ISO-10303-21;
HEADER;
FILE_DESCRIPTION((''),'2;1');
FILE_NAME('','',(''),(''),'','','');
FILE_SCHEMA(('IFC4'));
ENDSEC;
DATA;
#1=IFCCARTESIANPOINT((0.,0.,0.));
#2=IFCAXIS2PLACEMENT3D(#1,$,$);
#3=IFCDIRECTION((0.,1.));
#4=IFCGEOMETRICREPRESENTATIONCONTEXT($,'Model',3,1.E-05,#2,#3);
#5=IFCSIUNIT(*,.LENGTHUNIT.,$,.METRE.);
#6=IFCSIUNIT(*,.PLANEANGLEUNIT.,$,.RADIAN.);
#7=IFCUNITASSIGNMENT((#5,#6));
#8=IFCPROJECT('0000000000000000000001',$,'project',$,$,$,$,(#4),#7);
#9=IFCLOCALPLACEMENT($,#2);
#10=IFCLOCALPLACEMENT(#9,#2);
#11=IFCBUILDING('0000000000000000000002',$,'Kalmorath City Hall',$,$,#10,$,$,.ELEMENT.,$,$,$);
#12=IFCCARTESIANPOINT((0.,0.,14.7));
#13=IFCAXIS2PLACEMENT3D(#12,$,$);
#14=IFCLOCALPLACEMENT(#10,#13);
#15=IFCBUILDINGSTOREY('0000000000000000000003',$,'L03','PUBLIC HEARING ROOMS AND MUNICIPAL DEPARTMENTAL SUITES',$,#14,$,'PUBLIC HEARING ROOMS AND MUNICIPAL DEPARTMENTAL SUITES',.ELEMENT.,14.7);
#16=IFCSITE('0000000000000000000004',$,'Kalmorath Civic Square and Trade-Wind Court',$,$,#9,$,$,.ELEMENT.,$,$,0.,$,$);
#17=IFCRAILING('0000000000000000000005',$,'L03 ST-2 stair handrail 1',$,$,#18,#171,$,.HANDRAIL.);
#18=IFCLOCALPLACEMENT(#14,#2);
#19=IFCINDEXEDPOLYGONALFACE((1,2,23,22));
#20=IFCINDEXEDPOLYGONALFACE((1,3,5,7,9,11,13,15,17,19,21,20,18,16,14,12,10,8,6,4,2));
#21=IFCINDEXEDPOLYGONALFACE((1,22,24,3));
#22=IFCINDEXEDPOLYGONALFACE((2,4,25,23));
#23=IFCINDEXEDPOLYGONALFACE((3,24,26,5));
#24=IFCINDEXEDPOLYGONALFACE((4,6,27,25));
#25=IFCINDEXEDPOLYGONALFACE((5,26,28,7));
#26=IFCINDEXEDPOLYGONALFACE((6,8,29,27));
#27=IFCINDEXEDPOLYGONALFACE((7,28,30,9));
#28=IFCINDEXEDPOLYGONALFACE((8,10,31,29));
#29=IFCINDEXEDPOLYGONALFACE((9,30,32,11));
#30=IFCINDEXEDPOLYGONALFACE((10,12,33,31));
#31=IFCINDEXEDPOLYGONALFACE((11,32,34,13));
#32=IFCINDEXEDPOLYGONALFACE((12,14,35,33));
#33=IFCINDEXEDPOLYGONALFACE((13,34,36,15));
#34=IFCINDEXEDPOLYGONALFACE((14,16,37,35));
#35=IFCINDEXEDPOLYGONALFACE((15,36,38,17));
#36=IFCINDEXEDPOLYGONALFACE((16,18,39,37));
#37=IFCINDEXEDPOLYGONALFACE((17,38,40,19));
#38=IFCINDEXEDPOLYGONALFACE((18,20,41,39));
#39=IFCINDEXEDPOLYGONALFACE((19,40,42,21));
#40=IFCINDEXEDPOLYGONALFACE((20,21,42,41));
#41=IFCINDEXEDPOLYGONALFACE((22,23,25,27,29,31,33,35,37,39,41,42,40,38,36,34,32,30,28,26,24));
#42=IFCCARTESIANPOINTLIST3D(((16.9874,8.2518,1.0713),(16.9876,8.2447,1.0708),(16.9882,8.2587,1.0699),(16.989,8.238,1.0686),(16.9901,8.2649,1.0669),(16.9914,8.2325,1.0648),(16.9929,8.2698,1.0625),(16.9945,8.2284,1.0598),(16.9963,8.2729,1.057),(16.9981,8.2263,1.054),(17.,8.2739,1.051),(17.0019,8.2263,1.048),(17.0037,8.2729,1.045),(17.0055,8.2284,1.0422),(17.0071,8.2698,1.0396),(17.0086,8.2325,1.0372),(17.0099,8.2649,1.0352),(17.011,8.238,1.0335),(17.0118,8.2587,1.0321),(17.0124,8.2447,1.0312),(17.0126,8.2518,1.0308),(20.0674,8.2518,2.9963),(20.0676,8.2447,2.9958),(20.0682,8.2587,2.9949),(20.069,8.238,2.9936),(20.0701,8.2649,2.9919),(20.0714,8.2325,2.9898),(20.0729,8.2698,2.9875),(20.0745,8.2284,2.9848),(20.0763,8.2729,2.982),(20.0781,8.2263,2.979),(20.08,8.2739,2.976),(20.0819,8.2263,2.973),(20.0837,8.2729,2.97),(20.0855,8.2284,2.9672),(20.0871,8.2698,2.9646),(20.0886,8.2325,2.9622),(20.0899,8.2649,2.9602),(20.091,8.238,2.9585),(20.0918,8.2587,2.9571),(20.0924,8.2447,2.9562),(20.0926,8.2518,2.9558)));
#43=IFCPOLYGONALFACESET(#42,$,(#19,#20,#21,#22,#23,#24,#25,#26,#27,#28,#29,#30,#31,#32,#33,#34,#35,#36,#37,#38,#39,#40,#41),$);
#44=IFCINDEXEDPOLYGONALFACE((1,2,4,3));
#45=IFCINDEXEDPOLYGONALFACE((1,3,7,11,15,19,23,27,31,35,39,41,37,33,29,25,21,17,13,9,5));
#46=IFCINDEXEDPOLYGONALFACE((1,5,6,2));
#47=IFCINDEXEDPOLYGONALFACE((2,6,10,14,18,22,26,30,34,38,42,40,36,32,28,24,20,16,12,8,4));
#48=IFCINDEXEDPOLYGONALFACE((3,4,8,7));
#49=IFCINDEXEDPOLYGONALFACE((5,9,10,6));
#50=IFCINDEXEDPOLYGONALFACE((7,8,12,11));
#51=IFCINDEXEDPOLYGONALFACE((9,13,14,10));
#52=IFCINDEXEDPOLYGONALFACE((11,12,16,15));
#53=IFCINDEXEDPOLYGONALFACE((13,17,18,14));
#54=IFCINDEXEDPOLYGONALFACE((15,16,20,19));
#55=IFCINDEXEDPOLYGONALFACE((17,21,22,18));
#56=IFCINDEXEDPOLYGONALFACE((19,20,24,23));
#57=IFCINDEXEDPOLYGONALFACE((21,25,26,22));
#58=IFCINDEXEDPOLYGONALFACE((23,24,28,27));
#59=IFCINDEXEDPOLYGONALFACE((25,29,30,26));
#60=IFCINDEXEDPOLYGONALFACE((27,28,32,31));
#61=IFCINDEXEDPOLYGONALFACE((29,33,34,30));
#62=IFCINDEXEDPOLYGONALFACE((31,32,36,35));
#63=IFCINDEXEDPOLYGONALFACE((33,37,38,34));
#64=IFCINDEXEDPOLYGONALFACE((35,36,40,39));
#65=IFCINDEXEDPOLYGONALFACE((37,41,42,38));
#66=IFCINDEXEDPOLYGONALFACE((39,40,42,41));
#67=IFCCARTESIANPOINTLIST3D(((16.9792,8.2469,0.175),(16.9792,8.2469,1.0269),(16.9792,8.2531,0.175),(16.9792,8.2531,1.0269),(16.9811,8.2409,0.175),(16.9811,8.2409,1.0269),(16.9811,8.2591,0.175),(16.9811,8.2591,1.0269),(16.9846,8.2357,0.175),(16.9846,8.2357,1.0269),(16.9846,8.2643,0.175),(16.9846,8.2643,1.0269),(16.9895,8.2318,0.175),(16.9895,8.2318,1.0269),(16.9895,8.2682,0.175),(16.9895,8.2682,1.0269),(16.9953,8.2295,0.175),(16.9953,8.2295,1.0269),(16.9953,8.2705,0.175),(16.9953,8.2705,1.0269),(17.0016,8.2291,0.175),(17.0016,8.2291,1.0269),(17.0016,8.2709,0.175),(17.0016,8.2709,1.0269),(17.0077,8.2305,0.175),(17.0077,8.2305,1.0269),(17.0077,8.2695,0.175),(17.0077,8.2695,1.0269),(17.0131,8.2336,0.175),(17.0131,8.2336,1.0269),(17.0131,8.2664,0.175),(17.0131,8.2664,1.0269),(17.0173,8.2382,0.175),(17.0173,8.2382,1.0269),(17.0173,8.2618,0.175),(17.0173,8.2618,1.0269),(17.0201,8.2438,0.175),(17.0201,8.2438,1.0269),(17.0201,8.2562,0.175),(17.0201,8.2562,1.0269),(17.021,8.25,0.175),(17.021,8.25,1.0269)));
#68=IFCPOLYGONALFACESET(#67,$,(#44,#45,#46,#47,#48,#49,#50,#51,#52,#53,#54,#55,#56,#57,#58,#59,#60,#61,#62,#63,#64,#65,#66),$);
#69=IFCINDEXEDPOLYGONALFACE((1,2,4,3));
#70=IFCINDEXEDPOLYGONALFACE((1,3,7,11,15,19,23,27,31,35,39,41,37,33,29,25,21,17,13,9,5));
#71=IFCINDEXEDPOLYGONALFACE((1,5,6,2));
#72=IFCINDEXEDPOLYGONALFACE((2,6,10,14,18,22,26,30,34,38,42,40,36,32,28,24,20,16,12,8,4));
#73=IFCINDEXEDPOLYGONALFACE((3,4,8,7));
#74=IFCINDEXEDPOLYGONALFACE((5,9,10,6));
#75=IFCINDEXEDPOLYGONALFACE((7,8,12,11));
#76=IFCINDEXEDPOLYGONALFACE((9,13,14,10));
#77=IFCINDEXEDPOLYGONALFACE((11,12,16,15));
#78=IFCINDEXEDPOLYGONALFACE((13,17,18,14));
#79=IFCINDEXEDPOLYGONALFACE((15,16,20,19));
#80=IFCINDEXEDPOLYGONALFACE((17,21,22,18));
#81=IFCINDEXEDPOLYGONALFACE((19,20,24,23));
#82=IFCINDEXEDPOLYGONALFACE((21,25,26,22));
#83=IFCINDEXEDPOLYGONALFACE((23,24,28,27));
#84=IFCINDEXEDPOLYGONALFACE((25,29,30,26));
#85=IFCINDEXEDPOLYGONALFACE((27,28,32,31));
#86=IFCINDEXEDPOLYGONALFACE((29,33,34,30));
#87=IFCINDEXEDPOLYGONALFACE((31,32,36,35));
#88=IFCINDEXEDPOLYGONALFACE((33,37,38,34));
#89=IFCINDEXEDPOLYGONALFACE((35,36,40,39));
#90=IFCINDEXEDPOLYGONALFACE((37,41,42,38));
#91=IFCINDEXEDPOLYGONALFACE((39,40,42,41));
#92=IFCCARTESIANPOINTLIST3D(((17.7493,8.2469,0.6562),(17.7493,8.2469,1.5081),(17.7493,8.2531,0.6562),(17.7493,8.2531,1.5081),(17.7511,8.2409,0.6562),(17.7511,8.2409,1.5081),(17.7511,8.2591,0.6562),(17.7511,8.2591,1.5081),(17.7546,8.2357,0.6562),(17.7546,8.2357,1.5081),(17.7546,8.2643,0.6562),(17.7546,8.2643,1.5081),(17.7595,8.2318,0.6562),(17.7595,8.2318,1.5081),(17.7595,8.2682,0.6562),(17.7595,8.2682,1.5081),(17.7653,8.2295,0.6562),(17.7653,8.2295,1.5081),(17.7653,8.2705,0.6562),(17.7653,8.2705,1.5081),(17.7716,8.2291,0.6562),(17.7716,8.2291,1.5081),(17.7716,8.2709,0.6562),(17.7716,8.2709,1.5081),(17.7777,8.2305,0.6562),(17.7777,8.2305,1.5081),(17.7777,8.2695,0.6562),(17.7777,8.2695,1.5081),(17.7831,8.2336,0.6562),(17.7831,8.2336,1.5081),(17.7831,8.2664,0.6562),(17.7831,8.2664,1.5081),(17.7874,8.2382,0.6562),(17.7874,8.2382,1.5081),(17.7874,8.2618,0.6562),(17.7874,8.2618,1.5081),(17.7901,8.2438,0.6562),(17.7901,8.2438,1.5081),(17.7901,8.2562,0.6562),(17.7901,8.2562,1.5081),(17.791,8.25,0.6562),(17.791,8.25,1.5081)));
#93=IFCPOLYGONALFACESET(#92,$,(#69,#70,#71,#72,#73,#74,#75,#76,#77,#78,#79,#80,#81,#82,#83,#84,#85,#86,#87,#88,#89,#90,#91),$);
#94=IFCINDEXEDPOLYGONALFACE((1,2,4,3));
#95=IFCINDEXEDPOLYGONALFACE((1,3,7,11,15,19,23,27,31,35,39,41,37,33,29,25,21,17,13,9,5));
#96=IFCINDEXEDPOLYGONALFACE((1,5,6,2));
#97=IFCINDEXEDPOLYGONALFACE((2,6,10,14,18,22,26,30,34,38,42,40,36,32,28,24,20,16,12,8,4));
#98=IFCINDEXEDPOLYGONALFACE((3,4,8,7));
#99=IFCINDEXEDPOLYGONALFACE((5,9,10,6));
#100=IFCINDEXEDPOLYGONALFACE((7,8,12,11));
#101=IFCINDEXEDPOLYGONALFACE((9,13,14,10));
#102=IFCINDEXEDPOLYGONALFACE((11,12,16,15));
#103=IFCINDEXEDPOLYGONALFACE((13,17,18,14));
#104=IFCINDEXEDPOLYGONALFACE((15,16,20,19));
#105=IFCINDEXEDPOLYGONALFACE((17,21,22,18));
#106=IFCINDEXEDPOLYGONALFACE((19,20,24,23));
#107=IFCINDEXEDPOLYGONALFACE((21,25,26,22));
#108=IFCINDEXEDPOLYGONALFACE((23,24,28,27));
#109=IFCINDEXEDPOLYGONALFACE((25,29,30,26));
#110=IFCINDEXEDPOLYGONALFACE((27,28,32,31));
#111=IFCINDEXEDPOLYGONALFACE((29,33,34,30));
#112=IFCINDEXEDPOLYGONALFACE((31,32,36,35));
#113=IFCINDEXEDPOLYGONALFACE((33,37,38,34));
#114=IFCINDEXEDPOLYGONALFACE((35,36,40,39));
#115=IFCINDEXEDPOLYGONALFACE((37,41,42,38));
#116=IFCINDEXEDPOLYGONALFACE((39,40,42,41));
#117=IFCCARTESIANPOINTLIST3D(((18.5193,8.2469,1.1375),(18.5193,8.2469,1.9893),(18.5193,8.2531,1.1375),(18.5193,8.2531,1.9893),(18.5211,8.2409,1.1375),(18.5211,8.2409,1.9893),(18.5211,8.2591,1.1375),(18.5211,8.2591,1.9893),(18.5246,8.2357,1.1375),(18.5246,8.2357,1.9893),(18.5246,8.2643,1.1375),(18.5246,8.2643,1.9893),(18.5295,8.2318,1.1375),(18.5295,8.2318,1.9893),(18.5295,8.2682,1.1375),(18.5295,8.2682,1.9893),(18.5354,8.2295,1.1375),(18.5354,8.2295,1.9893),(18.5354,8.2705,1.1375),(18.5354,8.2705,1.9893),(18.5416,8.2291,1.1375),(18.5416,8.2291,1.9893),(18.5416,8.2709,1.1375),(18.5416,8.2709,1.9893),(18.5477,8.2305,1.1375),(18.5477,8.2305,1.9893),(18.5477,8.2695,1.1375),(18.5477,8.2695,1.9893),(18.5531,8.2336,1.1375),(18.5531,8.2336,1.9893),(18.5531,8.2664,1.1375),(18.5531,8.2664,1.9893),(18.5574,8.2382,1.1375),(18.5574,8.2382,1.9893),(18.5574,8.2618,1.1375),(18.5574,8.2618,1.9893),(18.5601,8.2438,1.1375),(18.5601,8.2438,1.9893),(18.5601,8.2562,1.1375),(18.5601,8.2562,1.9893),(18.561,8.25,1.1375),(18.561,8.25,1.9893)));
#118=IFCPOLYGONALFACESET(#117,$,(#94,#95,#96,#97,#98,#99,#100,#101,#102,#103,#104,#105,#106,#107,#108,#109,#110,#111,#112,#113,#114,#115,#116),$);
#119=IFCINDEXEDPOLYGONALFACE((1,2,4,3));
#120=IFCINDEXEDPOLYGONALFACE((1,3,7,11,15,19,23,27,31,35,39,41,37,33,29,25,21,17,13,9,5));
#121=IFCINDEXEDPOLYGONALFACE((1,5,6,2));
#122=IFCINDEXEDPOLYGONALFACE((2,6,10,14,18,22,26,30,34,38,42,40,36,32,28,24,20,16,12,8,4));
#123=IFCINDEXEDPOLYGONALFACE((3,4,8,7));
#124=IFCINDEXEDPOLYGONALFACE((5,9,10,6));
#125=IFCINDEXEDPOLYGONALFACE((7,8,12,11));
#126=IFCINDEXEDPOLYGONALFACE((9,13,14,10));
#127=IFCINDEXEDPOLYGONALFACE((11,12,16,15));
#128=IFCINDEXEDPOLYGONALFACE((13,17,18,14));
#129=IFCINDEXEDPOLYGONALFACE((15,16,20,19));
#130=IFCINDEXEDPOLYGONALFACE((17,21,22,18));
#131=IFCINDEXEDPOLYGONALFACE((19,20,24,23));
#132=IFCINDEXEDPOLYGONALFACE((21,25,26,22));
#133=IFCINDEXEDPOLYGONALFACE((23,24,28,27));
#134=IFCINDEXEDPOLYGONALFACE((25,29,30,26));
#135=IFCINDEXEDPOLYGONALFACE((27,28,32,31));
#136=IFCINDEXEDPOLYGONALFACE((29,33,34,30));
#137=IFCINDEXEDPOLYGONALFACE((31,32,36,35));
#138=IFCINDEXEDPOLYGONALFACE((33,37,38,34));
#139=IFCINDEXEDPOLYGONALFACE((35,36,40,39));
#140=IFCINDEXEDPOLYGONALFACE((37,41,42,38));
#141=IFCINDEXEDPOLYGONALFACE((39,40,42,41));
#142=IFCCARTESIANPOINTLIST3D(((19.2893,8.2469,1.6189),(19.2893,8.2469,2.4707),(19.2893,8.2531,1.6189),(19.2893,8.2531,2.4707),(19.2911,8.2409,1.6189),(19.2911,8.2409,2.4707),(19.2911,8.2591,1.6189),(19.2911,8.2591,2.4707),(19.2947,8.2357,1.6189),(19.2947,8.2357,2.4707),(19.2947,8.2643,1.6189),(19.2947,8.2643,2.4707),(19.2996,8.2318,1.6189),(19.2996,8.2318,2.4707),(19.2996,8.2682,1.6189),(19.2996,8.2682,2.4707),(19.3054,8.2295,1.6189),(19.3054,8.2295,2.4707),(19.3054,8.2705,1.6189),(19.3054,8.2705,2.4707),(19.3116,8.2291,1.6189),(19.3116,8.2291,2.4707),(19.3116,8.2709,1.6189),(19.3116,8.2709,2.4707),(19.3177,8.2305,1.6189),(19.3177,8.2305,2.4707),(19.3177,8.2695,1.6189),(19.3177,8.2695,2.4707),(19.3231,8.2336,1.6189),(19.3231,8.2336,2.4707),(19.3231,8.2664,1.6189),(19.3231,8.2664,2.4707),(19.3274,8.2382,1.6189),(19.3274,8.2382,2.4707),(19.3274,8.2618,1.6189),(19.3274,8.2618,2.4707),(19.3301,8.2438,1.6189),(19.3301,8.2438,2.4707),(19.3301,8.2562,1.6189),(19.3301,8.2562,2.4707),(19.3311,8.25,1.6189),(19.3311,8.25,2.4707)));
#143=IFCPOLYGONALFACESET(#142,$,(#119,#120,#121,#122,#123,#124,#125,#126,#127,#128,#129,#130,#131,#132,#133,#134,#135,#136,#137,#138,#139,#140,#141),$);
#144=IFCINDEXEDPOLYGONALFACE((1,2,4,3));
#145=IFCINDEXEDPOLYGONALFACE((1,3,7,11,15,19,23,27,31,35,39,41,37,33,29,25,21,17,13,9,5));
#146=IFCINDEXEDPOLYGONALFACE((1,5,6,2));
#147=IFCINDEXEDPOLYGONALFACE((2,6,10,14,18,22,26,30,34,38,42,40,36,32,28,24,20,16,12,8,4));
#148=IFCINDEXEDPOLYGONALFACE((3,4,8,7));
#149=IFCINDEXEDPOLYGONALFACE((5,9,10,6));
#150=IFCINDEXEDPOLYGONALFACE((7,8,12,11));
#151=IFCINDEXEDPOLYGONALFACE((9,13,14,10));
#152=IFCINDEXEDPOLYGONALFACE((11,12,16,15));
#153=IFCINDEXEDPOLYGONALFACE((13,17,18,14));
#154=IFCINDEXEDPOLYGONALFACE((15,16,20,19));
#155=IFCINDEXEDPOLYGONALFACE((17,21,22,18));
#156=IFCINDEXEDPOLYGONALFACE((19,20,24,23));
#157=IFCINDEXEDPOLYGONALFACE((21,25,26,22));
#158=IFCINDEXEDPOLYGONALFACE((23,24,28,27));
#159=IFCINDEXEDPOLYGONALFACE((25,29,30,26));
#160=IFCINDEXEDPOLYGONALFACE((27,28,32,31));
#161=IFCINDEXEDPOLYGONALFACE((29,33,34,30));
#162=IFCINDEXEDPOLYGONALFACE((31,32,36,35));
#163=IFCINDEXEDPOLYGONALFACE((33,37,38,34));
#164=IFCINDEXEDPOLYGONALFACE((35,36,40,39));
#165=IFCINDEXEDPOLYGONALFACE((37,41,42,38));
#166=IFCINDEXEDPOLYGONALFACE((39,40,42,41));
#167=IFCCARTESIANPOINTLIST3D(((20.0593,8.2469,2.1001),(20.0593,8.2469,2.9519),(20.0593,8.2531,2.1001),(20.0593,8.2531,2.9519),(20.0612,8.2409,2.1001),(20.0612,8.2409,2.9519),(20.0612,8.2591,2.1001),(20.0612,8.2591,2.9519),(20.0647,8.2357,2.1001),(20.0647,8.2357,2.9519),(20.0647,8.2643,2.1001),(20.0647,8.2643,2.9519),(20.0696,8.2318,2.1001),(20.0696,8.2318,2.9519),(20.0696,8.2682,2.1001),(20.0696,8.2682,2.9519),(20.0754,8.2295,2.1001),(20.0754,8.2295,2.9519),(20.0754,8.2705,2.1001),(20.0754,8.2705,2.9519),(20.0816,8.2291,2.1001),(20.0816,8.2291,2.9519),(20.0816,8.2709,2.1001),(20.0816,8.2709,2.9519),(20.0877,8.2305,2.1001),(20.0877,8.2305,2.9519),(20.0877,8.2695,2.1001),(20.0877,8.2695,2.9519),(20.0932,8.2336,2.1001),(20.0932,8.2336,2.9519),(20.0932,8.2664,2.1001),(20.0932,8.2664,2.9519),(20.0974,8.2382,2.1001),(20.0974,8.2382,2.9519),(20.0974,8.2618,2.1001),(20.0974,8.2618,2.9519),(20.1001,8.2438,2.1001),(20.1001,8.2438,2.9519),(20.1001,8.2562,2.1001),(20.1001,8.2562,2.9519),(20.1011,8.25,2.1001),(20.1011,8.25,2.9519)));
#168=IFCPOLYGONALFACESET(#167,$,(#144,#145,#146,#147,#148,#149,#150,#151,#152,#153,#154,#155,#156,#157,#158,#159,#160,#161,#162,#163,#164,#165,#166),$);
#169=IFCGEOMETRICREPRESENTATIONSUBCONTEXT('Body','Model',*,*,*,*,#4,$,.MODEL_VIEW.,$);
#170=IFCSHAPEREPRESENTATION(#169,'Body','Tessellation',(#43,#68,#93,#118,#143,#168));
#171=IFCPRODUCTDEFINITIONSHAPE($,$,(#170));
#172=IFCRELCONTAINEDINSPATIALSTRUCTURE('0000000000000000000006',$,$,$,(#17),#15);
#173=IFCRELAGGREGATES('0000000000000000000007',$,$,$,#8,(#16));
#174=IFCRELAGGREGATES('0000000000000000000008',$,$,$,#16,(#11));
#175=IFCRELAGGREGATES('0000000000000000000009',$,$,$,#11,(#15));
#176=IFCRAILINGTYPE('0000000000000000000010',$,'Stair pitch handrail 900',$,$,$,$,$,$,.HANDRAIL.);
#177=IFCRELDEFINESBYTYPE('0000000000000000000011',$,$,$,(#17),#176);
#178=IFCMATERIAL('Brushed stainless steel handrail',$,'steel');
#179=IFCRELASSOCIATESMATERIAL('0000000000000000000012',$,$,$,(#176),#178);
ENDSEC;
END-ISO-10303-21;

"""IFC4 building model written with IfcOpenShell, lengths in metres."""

from ifc_helpers import new_model, si_unit, direction, frame, origin, origin_2d, place, context, subcontext, project, spatial, circle, extrude, material, type_object, element, save


model = new_model("IFC4")

# Units and contexts
model_context = context("Model", 3, precision=1e-05, world=origin(), true_north=direction((0.0, 1.0)))
body_context = subcontext(model_context, "Body", "Model", "MODEL_VIEW")
ifc_project = project(units=[si_unit("LENGTHUNIT", "METRE"), si_unit("PLANEANGLEUNIT", "RADIAN")], contexts=[model_context])

# Site, building, storey
site_placement = place(None, origin())
site = spatial("IfcSite", under=ifc_project, at=site_placement, Name="Kalmorath Civic Square and Trade-Wind Court", CompositionType="ELEMENT", RefElevation=0.0)
building_placement = place(site_placement, origin())
building = spatial("IfcBuilding", under=site, at=building_placement, Name="Kalmorath City Hall", CompositionType="ELEMENT")
storey_placement = place(building_placement, frame((0.0, 0.0, 14.7)))
storey = spatial("IfcBuildingStorey", under=building, at=storey_placement, Name="L03", Description="PUBLIC HEARING ROOMS AND MUNICIPAL DEPARTMENTAL SUITES", LongName="PUBLIC HEARING ROOMS AND MUNICIPAL DEPARTMENTAL SUITES", CompositionType="ELEMENT", Elevation=14.7)

# Railing
ifc_material_1 = material(Name="Brushed stainless steel handrail", Category="steel")
railing_type = type_object("IfcRailingType", Name="Stair pitch handrail 900", PredefinedType="HANDRAIL", material=ifc_material_1)
railing_placement = place(storey_placement, frame((17.0, 8.25, 0.175)))
element("IfcRailing", 1, at=railing_placement, inside=storey, type_object=railing_type, Name="L03 ST-2 stair handrail 1", PredefinedType="HANDRAIL", context=body_context, shape_type="SweptSolid", body=[
    extrude(circle(Radius=0.0239, at=origin_2d()), frame((0.0, 0.0, 0.876), z_axis=(0.847998, 0.0, 0.529999), x_axis=(0.0, 1.0, 0.0)), (0.0, 0.0, 1.0), 3.6321),
    extrude(circle(Radius=0.021, at=origin_2d()), origin(), (0.0, 0.0, 1.0), 0.8518),
    extrude(circle(Radius=0.021, at=origin_2d()), frame((0.77, 0.0, 0.4812)), (0.0, 0.0, 1.0), 0.8518),
    extrude(circle(Radius=0.021, at=origin_2d()), frame((1.54, 0.0, 0.9624)), (0.0, 0.0, 1.0), 0.8518),
    extrude(circle(Radius=0.021, at=origin_2d()), frame((2.3101, 0.0, 1.4438)), (0.0, 0.0, 1.0), 0.8518),
    extrude(circle(Radius=0.021, at=origin_2d()), frame((3.0801, 0.0, 1.925)), (0.0, 0.0, 1.0), 0.8518),
])

save(model, "model.ifc")
